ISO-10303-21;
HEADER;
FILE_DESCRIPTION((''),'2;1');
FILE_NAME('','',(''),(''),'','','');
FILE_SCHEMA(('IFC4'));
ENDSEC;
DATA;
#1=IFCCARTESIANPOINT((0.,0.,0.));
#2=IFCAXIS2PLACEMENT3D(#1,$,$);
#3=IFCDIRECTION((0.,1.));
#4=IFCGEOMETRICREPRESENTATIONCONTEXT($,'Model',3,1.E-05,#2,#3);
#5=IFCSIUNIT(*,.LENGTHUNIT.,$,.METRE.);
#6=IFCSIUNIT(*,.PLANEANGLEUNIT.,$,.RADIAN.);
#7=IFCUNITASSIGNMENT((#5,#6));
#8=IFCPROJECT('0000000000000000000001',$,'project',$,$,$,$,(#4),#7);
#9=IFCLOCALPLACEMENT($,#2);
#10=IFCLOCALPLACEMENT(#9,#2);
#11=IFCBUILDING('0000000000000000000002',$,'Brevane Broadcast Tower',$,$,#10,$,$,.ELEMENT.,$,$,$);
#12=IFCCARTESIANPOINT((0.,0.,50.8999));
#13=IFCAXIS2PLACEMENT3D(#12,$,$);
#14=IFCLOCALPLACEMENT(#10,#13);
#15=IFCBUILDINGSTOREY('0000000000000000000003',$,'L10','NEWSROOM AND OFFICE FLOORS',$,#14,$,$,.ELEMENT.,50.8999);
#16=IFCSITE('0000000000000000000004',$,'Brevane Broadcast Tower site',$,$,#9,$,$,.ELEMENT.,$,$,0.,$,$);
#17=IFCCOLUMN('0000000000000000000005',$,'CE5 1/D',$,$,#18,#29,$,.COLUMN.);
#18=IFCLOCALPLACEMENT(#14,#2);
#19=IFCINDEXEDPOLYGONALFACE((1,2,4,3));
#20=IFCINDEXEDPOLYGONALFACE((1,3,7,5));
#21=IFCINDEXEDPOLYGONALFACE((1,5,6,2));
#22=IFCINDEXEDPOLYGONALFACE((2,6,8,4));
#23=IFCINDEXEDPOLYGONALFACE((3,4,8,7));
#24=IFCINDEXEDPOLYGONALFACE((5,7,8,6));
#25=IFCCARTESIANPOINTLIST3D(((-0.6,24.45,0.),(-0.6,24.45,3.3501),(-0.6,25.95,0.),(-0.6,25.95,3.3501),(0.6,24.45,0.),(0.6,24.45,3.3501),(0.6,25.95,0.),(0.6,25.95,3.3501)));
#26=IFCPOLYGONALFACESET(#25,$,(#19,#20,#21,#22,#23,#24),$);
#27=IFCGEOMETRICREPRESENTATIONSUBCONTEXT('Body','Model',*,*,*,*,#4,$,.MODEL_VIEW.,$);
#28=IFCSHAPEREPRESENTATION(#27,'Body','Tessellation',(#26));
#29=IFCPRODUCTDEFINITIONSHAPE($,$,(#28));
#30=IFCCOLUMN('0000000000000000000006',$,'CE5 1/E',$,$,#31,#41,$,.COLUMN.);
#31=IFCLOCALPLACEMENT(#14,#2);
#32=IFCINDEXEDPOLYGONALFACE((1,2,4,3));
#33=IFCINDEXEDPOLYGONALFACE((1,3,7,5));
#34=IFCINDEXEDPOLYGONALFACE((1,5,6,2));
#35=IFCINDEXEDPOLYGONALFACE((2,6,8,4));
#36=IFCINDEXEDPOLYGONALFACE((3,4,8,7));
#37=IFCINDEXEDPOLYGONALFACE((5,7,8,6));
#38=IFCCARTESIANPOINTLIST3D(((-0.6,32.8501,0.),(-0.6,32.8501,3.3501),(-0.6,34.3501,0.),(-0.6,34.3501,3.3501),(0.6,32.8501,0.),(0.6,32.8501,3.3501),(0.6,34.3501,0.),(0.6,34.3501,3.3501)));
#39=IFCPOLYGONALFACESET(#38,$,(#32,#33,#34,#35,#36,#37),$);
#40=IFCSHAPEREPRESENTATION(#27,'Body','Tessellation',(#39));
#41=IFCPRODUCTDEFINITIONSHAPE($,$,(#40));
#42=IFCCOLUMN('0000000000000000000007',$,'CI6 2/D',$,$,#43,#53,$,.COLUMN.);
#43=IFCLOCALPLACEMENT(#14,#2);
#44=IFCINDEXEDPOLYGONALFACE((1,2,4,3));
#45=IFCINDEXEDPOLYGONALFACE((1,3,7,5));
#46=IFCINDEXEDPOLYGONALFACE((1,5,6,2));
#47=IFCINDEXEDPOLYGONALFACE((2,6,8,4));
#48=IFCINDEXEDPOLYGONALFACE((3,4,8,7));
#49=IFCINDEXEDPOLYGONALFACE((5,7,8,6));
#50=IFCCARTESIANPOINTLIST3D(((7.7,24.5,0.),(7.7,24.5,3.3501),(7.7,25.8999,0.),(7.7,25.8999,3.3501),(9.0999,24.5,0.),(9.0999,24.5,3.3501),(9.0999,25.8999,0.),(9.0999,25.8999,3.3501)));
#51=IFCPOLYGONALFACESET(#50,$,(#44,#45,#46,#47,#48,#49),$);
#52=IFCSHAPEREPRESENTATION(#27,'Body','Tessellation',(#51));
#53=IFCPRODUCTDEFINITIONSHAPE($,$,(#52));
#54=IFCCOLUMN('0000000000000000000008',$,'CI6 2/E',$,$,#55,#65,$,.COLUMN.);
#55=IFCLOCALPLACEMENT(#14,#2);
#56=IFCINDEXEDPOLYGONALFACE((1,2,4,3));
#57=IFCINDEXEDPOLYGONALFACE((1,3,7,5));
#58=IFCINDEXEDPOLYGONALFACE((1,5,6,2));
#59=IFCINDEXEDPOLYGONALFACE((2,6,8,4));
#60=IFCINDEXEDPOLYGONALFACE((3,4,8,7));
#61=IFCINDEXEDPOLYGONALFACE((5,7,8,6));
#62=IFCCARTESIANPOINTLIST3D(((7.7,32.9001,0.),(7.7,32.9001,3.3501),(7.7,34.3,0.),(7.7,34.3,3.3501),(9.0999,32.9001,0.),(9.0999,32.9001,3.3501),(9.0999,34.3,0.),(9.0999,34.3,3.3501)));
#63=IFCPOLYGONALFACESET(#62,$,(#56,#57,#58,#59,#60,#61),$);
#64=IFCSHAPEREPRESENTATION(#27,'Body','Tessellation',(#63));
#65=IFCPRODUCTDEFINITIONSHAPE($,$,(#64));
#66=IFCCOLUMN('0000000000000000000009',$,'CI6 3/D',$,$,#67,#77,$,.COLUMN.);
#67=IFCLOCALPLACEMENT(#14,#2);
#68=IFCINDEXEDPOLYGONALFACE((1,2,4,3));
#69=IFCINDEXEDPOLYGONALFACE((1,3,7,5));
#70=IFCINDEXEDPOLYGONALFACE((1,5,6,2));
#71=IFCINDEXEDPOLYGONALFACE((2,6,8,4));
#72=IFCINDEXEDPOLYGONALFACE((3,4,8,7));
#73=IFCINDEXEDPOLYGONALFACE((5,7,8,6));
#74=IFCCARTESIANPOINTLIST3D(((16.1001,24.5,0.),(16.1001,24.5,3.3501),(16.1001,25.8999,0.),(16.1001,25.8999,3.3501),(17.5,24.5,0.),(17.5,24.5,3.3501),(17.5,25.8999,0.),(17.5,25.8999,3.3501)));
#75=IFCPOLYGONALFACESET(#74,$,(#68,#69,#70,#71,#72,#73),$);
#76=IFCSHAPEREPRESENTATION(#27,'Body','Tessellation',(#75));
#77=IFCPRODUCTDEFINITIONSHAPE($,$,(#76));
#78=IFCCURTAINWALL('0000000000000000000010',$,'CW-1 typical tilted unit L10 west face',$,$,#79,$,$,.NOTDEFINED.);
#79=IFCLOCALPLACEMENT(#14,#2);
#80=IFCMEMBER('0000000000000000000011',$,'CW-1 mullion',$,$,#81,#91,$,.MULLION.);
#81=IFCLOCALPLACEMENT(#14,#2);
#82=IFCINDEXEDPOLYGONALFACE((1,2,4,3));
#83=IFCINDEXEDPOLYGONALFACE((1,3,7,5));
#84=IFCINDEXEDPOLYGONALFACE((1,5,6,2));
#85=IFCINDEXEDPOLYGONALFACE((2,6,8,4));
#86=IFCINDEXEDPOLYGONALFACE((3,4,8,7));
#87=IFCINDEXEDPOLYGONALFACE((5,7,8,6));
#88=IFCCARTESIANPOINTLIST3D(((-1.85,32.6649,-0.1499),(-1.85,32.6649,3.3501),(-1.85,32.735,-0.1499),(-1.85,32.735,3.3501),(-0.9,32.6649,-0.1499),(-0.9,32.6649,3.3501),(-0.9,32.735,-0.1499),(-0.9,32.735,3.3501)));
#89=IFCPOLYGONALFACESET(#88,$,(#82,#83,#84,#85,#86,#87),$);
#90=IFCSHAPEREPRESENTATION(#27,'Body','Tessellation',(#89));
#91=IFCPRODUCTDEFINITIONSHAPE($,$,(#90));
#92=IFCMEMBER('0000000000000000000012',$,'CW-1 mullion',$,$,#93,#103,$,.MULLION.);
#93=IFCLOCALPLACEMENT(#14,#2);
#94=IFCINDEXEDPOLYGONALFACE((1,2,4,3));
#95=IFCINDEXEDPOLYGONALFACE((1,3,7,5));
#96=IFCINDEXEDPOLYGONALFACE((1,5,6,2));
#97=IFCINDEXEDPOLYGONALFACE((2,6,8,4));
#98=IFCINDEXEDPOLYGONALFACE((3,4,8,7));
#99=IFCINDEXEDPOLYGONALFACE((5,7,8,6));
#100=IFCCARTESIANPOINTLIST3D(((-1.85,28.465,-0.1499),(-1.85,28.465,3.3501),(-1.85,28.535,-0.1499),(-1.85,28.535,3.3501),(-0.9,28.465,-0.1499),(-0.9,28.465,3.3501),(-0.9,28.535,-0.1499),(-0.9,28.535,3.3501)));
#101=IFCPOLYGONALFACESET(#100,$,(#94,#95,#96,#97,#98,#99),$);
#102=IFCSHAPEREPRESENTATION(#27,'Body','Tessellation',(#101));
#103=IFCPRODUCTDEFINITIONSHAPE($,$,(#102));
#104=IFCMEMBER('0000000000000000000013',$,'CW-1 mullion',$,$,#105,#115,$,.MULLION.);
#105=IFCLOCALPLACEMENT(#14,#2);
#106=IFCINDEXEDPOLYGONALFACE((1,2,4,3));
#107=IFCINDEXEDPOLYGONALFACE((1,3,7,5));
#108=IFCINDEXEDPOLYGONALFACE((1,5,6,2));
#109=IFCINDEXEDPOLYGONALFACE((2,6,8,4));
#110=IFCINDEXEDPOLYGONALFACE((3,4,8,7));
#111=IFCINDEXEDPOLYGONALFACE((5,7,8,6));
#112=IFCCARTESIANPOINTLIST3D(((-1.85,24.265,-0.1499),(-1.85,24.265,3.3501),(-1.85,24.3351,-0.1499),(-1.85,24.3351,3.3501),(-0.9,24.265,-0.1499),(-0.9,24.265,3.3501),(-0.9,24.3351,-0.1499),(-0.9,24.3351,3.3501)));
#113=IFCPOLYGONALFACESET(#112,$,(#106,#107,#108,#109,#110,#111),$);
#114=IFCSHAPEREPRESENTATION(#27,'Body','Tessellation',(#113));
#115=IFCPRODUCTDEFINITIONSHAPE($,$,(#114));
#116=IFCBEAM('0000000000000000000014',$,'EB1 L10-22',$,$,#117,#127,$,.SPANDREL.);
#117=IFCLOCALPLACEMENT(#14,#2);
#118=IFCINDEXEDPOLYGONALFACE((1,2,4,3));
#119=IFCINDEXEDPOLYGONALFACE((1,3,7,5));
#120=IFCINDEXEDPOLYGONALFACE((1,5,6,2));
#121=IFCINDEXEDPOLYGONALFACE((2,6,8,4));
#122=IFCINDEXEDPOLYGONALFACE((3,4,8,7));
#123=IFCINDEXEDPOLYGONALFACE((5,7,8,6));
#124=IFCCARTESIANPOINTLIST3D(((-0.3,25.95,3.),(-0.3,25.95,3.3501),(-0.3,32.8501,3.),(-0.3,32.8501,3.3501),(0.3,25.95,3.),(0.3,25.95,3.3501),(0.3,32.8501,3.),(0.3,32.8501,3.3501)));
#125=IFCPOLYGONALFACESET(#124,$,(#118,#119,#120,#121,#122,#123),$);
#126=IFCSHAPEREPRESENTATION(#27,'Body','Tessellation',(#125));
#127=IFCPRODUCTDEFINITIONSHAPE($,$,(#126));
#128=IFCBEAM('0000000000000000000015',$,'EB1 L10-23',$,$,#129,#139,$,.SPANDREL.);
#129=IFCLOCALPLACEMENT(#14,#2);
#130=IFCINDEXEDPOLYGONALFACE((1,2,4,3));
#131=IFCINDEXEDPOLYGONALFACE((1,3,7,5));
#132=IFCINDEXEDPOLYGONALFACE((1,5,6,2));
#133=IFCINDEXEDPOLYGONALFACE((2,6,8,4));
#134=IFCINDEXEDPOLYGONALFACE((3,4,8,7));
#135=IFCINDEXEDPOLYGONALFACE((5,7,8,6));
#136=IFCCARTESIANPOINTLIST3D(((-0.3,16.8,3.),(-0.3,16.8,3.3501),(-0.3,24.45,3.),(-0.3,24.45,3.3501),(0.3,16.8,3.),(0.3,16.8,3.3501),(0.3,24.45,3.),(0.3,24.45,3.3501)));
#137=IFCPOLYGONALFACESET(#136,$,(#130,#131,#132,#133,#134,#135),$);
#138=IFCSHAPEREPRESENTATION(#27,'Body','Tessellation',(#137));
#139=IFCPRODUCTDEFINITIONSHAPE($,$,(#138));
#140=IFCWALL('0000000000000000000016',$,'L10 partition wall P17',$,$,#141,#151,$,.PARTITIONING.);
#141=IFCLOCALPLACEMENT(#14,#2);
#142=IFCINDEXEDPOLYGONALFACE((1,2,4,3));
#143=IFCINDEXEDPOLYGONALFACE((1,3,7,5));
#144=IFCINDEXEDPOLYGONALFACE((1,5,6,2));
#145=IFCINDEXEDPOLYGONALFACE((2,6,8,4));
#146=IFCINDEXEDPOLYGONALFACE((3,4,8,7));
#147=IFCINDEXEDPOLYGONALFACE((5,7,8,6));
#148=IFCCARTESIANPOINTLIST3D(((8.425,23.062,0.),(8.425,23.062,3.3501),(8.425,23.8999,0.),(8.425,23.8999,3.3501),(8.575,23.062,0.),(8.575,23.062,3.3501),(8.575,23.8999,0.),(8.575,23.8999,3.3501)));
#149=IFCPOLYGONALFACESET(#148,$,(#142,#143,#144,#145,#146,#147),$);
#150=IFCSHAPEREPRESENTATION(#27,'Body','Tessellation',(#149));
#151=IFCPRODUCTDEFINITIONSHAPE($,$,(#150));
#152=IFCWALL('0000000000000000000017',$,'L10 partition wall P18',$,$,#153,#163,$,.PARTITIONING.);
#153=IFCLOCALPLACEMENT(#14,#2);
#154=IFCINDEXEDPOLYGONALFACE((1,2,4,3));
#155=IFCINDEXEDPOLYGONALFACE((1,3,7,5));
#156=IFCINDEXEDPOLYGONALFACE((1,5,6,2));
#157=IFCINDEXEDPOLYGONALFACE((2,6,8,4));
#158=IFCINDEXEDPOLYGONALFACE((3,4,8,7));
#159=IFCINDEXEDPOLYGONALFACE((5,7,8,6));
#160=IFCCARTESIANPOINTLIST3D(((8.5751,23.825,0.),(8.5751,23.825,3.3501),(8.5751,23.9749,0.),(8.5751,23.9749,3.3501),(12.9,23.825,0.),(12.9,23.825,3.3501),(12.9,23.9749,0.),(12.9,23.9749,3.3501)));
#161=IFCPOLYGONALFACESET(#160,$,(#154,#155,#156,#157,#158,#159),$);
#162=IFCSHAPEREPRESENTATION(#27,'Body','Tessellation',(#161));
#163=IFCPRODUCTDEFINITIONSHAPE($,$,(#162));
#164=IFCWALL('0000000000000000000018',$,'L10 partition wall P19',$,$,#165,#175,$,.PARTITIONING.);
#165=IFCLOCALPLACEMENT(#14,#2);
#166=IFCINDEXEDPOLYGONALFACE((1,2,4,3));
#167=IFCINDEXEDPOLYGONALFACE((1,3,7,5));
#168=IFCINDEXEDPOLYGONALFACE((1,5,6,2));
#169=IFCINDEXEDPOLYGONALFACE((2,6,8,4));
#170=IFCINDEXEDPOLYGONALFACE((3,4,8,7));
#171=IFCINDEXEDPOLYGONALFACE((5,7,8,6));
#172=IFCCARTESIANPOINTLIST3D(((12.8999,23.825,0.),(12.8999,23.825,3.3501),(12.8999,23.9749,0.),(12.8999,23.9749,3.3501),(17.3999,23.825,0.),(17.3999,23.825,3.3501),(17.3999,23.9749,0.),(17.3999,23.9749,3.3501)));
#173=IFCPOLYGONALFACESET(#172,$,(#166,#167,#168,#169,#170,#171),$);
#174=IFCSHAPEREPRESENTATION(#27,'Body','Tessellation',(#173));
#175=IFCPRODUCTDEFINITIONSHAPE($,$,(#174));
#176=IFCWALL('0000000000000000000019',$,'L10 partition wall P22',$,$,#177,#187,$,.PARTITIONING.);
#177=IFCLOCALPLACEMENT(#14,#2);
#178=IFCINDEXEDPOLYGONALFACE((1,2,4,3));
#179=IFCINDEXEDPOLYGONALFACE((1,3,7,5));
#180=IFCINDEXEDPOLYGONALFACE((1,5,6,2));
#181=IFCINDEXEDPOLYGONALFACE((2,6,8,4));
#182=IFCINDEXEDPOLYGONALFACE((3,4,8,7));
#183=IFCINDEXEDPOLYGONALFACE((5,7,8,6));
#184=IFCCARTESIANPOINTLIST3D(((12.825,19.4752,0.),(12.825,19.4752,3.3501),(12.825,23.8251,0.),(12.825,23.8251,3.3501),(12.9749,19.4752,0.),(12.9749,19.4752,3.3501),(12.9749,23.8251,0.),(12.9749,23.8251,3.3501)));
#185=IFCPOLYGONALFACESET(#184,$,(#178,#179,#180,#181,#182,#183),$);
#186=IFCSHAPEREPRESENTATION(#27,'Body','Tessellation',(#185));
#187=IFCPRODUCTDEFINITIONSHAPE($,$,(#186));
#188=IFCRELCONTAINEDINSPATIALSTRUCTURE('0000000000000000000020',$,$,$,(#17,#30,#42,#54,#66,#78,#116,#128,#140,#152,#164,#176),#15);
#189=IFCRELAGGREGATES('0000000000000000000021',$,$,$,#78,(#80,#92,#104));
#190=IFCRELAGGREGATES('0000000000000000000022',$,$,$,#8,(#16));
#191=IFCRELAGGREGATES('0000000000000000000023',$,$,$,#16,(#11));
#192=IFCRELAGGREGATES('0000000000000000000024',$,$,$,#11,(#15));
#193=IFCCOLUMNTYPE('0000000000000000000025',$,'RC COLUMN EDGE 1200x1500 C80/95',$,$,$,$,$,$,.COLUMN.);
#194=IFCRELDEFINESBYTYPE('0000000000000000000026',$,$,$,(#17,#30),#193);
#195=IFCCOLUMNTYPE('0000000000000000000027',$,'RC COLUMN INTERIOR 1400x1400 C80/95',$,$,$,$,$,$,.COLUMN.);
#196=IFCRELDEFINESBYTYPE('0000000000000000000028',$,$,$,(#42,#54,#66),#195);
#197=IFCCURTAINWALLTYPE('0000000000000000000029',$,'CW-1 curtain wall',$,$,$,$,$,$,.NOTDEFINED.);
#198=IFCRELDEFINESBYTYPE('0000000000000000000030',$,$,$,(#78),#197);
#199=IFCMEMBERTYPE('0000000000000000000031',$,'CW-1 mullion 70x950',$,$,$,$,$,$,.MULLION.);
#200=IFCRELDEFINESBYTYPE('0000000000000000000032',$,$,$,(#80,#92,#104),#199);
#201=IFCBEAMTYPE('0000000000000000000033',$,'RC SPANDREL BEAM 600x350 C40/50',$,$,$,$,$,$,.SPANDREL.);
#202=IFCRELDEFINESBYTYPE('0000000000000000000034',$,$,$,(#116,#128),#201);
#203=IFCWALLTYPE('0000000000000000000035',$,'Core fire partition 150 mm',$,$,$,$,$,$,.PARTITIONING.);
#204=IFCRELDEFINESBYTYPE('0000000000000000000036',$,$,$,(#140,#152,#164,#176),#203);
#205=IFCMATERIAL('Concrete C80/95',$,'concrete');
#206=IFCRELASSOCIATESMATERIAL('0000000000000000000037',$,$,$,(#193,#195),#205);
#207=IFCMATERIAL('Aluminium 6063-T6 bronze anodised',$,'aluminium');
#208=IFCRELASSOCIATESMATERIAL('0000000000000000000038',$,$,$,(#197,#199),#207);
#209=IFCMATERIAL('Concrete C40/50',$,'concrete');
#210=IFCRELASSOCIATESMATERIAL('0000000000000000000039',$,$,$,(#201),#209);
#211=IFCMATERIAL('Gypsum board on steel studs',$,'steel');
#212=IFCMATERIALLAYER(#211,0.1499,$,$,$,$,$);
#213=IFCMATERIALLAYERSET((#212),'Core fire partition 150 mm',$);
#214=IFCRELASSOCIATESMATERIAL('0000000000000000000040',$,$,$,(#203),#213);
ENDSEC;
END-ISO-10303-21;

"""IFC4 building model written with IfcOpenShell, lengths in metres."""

from ifc_helpers import new_model, si_unit, direction, frame, frame_2d, origin, origin_2d, place, context, subcontext, project, spatial, rectangle, extrude, material, layer, layer_set, material_profile, profile_set, type_object, element, aggregate, save


model = new_model("IFC4")

# Units and contexts
model_context = context("Model", 3, precision=1e-05, world=origin(), true_north=direction((0.0, 1.0)))
body_context = subcontext(model_context, "Body", "Model", "MODEL_VIEW")
ifc_project = project(units=[si_unit("LENGTHUNIT", "METRE"), si_unit("PLANEANGLEUNIT", "RADIAN")], contexts=[model_context])

# Site, building, storey
site_placement = place(None, origin())
site = spatial("IfcSite", under=ifc_project, at=site_placement, Name="Brevane Broadcast Tower site", CompositionType="ELEMENT", RefElevation=0.0)
building_placement = place(site_placement, origin())
building = spatial("IfcBuilding", under=site, at=building_placement, Name="Brevane Broadcast Tower", CompositionType="ELEMENT")
storey_placement = place(building_placement, frame((0.0, 0.0, 50.8999)))
storey = spatial("IfcBuildingStorey", under=building, at=storey_placement, Name="L10", Description="NEWSROOM AND OFFICE FLOORS", CompositionType="ELEMENT", Elevation=50.8999)

# Columns
ifc_material_1 = material(Name="Concrete C80/95", Category="concrete")
ifc_material_profile_1 = material_profile(ifc_material_1, rectangle(XDim=1.2, YDim=1.5, at=origin_2d()), Name="RC 1200x1500")
ifc_profile_set_1 = profile_set([ifc_material_profile_1], Name="Concrete C80/95")
column_type_1 = type_object("IfcColumnType", Name="RC COLUMN EDGE 1200x1500 C80/95", PredefinedType="COLUMN", material=ifc_profile_set_1)
for number, where, z_axis, x_axis, name in (
    (1, (0.0, 25.2, 0.0), (0.0, 0.0, 1.0), (1.0, 0.0, 0.0), "CE5 1/D"),
    (2, (0.0, 33.6001, 0.0), (0.0, 0.0, 1.0), (1.0, 0.0, 0.0), "CE5 1/E"),
):
    element("IfcColumn", number, at=place(storey_placement, frame(where, z_axis=z_axis, x_axis=x_axis)), inside=storey, type_object=column_type_1, Name=name, PredefinedType="COLUMN", context=body_context, shape_type="SweptSolid", body=[
        extrude(rectangle(XDim=1.2, YDim=1.5, at=origin_2d()), origin(), (0.0, 0.0, 1.0), 3.3501),
    ])
ifc_material_profile_2 = material_profile(ifc_material_1, rectangle(XDim=1.3999, YDim=1.3999, at=origin_2d()), Name="RC 1400x1400")
ifc_profile_set_2 = profile_set([ifc_material_profile_2], Name="Concrete C80/95")
column_type_2 = type_object("IfcColumnType", Name="RC COLUMN INTERIOR 1400x1400 C80/95", PredefinedType="COLUMN", material=ifc_profile_set_2)
for number, where, z_axis, x_axis, name in (
    (3, (8.3999, 25.2, 0.0), (0.0, 0.0, 1.0), (1.0, 0.0, 0.0), "CI6 2/D"),
    (4, (8.3999, 33.6001, 0.0), (0.0, 0.0, 1.0), (1.0, 0.0, 0.0), "CI6 2/E"),
    (5, (16.8, 25.2, 0.0), (0.0, 0.0, 1.0), (1.0, 0.0, 0.0), "CI6 3/D"),
):
    element("IfcColumn", number, at=place(storey_placement, frame(where, z_axis=z_axis, x_axis=x_axis)), inside=storey, type_object=column_type_2, Name=name, PredefinedType="COLUMN", context=body_context, shape_type="SweptSolid", body=[
        extrude(rectangle(XDim=1.3999, YDim=1.3999, at=origin_2d()), origin(), (0.0, 0.0, 1.0), 3.3501),
    ])

# Curtain wall, members
ifc_material_2 = material(Name="Aluminium 6063-T6 bronze anodised", Category="aluminium")
curtain_wall_type = type_object("IfcCurtainWallType", Name="CW-1 curtain wall", PredefinedType="NOTDEFINED", material=ifc_material_2)
curtain_wall_placement = place(storey_placement, origin())
curtain_wall = element("IfcCurtainWall", 6, at=curtain_wall_placement, inside=storey, type_object=curtain_wall_type, Name="CW-1 typical tilted unit L10 west face", PredefinedType="NOTDEFINED")
ifc_material_profile_3 = material_profile(ifc_material_2, rectangle(XDim=0.95, YDim=0.0701, at=origin_2d()), Name="RECT 70x950")
ifc_profile_set_3 = profile_set([ifc_material_profile_3], Name="Aluminium 6063-T6 bronze anodised")
member_type = type_object("IfcMemberType", Name="CW-1 mullion 70x950", PredefinedType="MULLION", material=ifc_profile_set_3)
member_1_placement = place(storey_placement, frame((-1.375, 32.7, -0.1499), z_axis=(0.0, 0.0, 1.0), x_axis=(1.0, 0.0, 0.0)))
member_1 = element("IfcMember", 7, at=member_1_placement, type_object=member_type, Name="CW-1 mullion", PredefinedType="MULLION", context=body_context, shape_type="SweptSolid", body=[
    extrude(rectangle(XDim=0.95, YDim=0.0701, at=origin_2d()), origin(), (0.0, 0.0, 1.0), 3.5),
])
member_2_placement = place(storey_placement, frame((-1.375, 28.5, -0.1499), z_axis=(0.0, 0.0, 1.0), x_axis=(1.0, 0.0, 0.0)))
member_2 = element("IfcMember", 8, at=member_2_placement, type_object=member_type, Name="CW-1 mullion", PredefinedType="MULLION", context=body_context, shape_type="SweptSolid", body=[
    extrude(rectangle(XDim=0.95, YDim=0.0701, at=origin_2d()), origin(), (0.0, 0.0, 1.0), 3.5),
])
member_3_placement = place(storey_placement, frame((-1.375, 24.3, -0.1499), z_axis=(0.0, 0.0, 1.0), x_axis=(1.0, 0.0, 0.0)))
member_3 = element("IfcMember", 9, at=member_3_placement, type_object=member_type, Name="CW-1 mullion", PredefinedType="MULLION", context=body_context, shape_type="SweptSolid", body=[
    extrude(rectangle(XDim=0.95, YDim=0.0701, at=origin_2d()), origin(), (0.0, 0.0, 1.0), 3.5),
])
aggregate(curtain_wall, [member_1, member_2, member_3])

# Beams
ifc_material_3 = material(Name="Concrete C40/50", Category="concrete")
ifc_material_profile_4 = material_profile(ifc_material_3, rectangle(XDim=0.6001, YDim=0.3501, at=origin_2d()), Name="RC 600x350")
ifc_profile_set_4 = profile_set([ifc_material_profile_4], Name="Concrete C40/50")
beam_type = type_object("IfcBeamType", Name="RC SPANDREL BEAM 600x350 C40/50", PredefinedType="SPANDREL", material=ifc_profile_set_4)
beam_1_placement = place(storey_placement, frame((0.0, 32.8501, 3.175), z_axis=(0.0, -1.0, 0.0), x_axis=(1.0, 0.0, 0.0)))
element("IfcBeam", 10, at=beam_1_placement, inside=storey, type_object=beam_type, Name="EB1 L10-22", PredefinedType="SPANDREL", context=body_context, shape_type="SweptSolid", body=[
    extrude(rectangle(XDim=0.6001, YDim=0.3501, at=origin_2d()), origin(), (0.0, 0.0, 1.0), 6.9001),
])
beam_2_placement = place(storey_placement, frame((0.0, 24.45, 3.175), z_axis=(0.0, -1.0, 0.0), x_axis=(1.0, 0.0, 0.0)))
element("IfcBeam", 11, at=beam_2_placement, inside=storey, type_object=beam_type, Name="EB1 L10-23", PredefinedType="SPANDREL", context=body_context, shape_type="SweptSolid", body=[
    extrude(rectangle(XDim=0.6001, YDim=0.3501, at=origin_2d()), origin(), (0.0, 0.0, 1.0), 7.6499),
])

# Walls
ifc_material_4 = material(Name="Gypsum board on steel studs", Category="steel")
ifc_layer_1 = layer(ifc_material_4, 0.1499)
ifc_layer_set_1 = layer_set([ifc_layer_1], Name="Core fire partition 150 mm")
wall_type_1 = type_object("IfcWallType", Name="Core fire partition 150 mm", PredefinedType="PARTITIONING", material=ifc_layer_set_1)
wall_1_placement = place(storey_placement, frame((8.5, 23.062, 0.0), z_axis=(0.0, 0.0, 1.0), x_axis=(0.0, 1.0, 0.0)))
element("IfcWall", 12, at=wall_1_placement, inside=storey, type_object=wall_type_1, Name="L10 partition wall P17", PredefinedType="PARTITIONING", context=body_context, shape_type="SweptSolid", body=[
    extrude(rectangle(XDim=0.8379, YDim=0.1499, at=frame_2d((0.4189, 0.0))), origin(), (0.0, 0.0, 1.0), 3.3501),
])
wall_2_placement = place(storey_placement, frame((8.575, 23.8999, 0.0), z_axis=(0.0, 0.0, 1.0), x_axis=(1.0, 0.0, 0.0)))
element("IfcWall", 13, at=wall_2_placement, inside=storey, type_object=wall_type_1, Name="L10 partition wall P18", PredefinedType="PARTITIONING", context=body_context, shape_type="SweptSolid", body=[
    extrude(rectangle(XDim=4.325, YDim=0.1499, at=frame_2d((2.1626, 0.0))), origin(), (0.0, 0.0, 1.0), 3.3501),
])
wall_3_placement = place(storey_placement, frame((12.8999, 23.8999, 0.0), z_axis=(0.0, 0.0, 1.0), x_axis=(1.0, 0.0, 0.0)))
element("IfcWall", 14, at=wall_3_placement, inside=storey, type_object=wall_type_1, Name="L10 partition wall P19", PredefinedType="PARTITIONING", context=body_context, shape_type="SweptSolid", body=[
    extrude(rectangle(XDim=4.5, YDim=0.1499, at=frame_2d((2.25, 0.0))), origin(), (0.0, 0.0, 1.0), 3.3501),
])
wall_4_placement = place(storey_placement, frame((12.8999, 23.825, 0.0), z_axis=(0.0, 0.0, 1.0), x_axis=(0.0, -1.0, 0.0)))
element("IfcWall", 15, at=wall_4_placement, inside=storey, type_object=wall_type_1, Name="L10 partition wall P22", PredefinedType="PARTITIONING", context=body_context, shape_type="SweptSolid", body=[
    extrude(rectangle(XDim=4.3499, YDim=0.1499, at=frame_2d((2.1748, 0.0))), origin(), (0.0, 0.0, 1.0), 3.3501),
])

save(model, "model.ifc")
